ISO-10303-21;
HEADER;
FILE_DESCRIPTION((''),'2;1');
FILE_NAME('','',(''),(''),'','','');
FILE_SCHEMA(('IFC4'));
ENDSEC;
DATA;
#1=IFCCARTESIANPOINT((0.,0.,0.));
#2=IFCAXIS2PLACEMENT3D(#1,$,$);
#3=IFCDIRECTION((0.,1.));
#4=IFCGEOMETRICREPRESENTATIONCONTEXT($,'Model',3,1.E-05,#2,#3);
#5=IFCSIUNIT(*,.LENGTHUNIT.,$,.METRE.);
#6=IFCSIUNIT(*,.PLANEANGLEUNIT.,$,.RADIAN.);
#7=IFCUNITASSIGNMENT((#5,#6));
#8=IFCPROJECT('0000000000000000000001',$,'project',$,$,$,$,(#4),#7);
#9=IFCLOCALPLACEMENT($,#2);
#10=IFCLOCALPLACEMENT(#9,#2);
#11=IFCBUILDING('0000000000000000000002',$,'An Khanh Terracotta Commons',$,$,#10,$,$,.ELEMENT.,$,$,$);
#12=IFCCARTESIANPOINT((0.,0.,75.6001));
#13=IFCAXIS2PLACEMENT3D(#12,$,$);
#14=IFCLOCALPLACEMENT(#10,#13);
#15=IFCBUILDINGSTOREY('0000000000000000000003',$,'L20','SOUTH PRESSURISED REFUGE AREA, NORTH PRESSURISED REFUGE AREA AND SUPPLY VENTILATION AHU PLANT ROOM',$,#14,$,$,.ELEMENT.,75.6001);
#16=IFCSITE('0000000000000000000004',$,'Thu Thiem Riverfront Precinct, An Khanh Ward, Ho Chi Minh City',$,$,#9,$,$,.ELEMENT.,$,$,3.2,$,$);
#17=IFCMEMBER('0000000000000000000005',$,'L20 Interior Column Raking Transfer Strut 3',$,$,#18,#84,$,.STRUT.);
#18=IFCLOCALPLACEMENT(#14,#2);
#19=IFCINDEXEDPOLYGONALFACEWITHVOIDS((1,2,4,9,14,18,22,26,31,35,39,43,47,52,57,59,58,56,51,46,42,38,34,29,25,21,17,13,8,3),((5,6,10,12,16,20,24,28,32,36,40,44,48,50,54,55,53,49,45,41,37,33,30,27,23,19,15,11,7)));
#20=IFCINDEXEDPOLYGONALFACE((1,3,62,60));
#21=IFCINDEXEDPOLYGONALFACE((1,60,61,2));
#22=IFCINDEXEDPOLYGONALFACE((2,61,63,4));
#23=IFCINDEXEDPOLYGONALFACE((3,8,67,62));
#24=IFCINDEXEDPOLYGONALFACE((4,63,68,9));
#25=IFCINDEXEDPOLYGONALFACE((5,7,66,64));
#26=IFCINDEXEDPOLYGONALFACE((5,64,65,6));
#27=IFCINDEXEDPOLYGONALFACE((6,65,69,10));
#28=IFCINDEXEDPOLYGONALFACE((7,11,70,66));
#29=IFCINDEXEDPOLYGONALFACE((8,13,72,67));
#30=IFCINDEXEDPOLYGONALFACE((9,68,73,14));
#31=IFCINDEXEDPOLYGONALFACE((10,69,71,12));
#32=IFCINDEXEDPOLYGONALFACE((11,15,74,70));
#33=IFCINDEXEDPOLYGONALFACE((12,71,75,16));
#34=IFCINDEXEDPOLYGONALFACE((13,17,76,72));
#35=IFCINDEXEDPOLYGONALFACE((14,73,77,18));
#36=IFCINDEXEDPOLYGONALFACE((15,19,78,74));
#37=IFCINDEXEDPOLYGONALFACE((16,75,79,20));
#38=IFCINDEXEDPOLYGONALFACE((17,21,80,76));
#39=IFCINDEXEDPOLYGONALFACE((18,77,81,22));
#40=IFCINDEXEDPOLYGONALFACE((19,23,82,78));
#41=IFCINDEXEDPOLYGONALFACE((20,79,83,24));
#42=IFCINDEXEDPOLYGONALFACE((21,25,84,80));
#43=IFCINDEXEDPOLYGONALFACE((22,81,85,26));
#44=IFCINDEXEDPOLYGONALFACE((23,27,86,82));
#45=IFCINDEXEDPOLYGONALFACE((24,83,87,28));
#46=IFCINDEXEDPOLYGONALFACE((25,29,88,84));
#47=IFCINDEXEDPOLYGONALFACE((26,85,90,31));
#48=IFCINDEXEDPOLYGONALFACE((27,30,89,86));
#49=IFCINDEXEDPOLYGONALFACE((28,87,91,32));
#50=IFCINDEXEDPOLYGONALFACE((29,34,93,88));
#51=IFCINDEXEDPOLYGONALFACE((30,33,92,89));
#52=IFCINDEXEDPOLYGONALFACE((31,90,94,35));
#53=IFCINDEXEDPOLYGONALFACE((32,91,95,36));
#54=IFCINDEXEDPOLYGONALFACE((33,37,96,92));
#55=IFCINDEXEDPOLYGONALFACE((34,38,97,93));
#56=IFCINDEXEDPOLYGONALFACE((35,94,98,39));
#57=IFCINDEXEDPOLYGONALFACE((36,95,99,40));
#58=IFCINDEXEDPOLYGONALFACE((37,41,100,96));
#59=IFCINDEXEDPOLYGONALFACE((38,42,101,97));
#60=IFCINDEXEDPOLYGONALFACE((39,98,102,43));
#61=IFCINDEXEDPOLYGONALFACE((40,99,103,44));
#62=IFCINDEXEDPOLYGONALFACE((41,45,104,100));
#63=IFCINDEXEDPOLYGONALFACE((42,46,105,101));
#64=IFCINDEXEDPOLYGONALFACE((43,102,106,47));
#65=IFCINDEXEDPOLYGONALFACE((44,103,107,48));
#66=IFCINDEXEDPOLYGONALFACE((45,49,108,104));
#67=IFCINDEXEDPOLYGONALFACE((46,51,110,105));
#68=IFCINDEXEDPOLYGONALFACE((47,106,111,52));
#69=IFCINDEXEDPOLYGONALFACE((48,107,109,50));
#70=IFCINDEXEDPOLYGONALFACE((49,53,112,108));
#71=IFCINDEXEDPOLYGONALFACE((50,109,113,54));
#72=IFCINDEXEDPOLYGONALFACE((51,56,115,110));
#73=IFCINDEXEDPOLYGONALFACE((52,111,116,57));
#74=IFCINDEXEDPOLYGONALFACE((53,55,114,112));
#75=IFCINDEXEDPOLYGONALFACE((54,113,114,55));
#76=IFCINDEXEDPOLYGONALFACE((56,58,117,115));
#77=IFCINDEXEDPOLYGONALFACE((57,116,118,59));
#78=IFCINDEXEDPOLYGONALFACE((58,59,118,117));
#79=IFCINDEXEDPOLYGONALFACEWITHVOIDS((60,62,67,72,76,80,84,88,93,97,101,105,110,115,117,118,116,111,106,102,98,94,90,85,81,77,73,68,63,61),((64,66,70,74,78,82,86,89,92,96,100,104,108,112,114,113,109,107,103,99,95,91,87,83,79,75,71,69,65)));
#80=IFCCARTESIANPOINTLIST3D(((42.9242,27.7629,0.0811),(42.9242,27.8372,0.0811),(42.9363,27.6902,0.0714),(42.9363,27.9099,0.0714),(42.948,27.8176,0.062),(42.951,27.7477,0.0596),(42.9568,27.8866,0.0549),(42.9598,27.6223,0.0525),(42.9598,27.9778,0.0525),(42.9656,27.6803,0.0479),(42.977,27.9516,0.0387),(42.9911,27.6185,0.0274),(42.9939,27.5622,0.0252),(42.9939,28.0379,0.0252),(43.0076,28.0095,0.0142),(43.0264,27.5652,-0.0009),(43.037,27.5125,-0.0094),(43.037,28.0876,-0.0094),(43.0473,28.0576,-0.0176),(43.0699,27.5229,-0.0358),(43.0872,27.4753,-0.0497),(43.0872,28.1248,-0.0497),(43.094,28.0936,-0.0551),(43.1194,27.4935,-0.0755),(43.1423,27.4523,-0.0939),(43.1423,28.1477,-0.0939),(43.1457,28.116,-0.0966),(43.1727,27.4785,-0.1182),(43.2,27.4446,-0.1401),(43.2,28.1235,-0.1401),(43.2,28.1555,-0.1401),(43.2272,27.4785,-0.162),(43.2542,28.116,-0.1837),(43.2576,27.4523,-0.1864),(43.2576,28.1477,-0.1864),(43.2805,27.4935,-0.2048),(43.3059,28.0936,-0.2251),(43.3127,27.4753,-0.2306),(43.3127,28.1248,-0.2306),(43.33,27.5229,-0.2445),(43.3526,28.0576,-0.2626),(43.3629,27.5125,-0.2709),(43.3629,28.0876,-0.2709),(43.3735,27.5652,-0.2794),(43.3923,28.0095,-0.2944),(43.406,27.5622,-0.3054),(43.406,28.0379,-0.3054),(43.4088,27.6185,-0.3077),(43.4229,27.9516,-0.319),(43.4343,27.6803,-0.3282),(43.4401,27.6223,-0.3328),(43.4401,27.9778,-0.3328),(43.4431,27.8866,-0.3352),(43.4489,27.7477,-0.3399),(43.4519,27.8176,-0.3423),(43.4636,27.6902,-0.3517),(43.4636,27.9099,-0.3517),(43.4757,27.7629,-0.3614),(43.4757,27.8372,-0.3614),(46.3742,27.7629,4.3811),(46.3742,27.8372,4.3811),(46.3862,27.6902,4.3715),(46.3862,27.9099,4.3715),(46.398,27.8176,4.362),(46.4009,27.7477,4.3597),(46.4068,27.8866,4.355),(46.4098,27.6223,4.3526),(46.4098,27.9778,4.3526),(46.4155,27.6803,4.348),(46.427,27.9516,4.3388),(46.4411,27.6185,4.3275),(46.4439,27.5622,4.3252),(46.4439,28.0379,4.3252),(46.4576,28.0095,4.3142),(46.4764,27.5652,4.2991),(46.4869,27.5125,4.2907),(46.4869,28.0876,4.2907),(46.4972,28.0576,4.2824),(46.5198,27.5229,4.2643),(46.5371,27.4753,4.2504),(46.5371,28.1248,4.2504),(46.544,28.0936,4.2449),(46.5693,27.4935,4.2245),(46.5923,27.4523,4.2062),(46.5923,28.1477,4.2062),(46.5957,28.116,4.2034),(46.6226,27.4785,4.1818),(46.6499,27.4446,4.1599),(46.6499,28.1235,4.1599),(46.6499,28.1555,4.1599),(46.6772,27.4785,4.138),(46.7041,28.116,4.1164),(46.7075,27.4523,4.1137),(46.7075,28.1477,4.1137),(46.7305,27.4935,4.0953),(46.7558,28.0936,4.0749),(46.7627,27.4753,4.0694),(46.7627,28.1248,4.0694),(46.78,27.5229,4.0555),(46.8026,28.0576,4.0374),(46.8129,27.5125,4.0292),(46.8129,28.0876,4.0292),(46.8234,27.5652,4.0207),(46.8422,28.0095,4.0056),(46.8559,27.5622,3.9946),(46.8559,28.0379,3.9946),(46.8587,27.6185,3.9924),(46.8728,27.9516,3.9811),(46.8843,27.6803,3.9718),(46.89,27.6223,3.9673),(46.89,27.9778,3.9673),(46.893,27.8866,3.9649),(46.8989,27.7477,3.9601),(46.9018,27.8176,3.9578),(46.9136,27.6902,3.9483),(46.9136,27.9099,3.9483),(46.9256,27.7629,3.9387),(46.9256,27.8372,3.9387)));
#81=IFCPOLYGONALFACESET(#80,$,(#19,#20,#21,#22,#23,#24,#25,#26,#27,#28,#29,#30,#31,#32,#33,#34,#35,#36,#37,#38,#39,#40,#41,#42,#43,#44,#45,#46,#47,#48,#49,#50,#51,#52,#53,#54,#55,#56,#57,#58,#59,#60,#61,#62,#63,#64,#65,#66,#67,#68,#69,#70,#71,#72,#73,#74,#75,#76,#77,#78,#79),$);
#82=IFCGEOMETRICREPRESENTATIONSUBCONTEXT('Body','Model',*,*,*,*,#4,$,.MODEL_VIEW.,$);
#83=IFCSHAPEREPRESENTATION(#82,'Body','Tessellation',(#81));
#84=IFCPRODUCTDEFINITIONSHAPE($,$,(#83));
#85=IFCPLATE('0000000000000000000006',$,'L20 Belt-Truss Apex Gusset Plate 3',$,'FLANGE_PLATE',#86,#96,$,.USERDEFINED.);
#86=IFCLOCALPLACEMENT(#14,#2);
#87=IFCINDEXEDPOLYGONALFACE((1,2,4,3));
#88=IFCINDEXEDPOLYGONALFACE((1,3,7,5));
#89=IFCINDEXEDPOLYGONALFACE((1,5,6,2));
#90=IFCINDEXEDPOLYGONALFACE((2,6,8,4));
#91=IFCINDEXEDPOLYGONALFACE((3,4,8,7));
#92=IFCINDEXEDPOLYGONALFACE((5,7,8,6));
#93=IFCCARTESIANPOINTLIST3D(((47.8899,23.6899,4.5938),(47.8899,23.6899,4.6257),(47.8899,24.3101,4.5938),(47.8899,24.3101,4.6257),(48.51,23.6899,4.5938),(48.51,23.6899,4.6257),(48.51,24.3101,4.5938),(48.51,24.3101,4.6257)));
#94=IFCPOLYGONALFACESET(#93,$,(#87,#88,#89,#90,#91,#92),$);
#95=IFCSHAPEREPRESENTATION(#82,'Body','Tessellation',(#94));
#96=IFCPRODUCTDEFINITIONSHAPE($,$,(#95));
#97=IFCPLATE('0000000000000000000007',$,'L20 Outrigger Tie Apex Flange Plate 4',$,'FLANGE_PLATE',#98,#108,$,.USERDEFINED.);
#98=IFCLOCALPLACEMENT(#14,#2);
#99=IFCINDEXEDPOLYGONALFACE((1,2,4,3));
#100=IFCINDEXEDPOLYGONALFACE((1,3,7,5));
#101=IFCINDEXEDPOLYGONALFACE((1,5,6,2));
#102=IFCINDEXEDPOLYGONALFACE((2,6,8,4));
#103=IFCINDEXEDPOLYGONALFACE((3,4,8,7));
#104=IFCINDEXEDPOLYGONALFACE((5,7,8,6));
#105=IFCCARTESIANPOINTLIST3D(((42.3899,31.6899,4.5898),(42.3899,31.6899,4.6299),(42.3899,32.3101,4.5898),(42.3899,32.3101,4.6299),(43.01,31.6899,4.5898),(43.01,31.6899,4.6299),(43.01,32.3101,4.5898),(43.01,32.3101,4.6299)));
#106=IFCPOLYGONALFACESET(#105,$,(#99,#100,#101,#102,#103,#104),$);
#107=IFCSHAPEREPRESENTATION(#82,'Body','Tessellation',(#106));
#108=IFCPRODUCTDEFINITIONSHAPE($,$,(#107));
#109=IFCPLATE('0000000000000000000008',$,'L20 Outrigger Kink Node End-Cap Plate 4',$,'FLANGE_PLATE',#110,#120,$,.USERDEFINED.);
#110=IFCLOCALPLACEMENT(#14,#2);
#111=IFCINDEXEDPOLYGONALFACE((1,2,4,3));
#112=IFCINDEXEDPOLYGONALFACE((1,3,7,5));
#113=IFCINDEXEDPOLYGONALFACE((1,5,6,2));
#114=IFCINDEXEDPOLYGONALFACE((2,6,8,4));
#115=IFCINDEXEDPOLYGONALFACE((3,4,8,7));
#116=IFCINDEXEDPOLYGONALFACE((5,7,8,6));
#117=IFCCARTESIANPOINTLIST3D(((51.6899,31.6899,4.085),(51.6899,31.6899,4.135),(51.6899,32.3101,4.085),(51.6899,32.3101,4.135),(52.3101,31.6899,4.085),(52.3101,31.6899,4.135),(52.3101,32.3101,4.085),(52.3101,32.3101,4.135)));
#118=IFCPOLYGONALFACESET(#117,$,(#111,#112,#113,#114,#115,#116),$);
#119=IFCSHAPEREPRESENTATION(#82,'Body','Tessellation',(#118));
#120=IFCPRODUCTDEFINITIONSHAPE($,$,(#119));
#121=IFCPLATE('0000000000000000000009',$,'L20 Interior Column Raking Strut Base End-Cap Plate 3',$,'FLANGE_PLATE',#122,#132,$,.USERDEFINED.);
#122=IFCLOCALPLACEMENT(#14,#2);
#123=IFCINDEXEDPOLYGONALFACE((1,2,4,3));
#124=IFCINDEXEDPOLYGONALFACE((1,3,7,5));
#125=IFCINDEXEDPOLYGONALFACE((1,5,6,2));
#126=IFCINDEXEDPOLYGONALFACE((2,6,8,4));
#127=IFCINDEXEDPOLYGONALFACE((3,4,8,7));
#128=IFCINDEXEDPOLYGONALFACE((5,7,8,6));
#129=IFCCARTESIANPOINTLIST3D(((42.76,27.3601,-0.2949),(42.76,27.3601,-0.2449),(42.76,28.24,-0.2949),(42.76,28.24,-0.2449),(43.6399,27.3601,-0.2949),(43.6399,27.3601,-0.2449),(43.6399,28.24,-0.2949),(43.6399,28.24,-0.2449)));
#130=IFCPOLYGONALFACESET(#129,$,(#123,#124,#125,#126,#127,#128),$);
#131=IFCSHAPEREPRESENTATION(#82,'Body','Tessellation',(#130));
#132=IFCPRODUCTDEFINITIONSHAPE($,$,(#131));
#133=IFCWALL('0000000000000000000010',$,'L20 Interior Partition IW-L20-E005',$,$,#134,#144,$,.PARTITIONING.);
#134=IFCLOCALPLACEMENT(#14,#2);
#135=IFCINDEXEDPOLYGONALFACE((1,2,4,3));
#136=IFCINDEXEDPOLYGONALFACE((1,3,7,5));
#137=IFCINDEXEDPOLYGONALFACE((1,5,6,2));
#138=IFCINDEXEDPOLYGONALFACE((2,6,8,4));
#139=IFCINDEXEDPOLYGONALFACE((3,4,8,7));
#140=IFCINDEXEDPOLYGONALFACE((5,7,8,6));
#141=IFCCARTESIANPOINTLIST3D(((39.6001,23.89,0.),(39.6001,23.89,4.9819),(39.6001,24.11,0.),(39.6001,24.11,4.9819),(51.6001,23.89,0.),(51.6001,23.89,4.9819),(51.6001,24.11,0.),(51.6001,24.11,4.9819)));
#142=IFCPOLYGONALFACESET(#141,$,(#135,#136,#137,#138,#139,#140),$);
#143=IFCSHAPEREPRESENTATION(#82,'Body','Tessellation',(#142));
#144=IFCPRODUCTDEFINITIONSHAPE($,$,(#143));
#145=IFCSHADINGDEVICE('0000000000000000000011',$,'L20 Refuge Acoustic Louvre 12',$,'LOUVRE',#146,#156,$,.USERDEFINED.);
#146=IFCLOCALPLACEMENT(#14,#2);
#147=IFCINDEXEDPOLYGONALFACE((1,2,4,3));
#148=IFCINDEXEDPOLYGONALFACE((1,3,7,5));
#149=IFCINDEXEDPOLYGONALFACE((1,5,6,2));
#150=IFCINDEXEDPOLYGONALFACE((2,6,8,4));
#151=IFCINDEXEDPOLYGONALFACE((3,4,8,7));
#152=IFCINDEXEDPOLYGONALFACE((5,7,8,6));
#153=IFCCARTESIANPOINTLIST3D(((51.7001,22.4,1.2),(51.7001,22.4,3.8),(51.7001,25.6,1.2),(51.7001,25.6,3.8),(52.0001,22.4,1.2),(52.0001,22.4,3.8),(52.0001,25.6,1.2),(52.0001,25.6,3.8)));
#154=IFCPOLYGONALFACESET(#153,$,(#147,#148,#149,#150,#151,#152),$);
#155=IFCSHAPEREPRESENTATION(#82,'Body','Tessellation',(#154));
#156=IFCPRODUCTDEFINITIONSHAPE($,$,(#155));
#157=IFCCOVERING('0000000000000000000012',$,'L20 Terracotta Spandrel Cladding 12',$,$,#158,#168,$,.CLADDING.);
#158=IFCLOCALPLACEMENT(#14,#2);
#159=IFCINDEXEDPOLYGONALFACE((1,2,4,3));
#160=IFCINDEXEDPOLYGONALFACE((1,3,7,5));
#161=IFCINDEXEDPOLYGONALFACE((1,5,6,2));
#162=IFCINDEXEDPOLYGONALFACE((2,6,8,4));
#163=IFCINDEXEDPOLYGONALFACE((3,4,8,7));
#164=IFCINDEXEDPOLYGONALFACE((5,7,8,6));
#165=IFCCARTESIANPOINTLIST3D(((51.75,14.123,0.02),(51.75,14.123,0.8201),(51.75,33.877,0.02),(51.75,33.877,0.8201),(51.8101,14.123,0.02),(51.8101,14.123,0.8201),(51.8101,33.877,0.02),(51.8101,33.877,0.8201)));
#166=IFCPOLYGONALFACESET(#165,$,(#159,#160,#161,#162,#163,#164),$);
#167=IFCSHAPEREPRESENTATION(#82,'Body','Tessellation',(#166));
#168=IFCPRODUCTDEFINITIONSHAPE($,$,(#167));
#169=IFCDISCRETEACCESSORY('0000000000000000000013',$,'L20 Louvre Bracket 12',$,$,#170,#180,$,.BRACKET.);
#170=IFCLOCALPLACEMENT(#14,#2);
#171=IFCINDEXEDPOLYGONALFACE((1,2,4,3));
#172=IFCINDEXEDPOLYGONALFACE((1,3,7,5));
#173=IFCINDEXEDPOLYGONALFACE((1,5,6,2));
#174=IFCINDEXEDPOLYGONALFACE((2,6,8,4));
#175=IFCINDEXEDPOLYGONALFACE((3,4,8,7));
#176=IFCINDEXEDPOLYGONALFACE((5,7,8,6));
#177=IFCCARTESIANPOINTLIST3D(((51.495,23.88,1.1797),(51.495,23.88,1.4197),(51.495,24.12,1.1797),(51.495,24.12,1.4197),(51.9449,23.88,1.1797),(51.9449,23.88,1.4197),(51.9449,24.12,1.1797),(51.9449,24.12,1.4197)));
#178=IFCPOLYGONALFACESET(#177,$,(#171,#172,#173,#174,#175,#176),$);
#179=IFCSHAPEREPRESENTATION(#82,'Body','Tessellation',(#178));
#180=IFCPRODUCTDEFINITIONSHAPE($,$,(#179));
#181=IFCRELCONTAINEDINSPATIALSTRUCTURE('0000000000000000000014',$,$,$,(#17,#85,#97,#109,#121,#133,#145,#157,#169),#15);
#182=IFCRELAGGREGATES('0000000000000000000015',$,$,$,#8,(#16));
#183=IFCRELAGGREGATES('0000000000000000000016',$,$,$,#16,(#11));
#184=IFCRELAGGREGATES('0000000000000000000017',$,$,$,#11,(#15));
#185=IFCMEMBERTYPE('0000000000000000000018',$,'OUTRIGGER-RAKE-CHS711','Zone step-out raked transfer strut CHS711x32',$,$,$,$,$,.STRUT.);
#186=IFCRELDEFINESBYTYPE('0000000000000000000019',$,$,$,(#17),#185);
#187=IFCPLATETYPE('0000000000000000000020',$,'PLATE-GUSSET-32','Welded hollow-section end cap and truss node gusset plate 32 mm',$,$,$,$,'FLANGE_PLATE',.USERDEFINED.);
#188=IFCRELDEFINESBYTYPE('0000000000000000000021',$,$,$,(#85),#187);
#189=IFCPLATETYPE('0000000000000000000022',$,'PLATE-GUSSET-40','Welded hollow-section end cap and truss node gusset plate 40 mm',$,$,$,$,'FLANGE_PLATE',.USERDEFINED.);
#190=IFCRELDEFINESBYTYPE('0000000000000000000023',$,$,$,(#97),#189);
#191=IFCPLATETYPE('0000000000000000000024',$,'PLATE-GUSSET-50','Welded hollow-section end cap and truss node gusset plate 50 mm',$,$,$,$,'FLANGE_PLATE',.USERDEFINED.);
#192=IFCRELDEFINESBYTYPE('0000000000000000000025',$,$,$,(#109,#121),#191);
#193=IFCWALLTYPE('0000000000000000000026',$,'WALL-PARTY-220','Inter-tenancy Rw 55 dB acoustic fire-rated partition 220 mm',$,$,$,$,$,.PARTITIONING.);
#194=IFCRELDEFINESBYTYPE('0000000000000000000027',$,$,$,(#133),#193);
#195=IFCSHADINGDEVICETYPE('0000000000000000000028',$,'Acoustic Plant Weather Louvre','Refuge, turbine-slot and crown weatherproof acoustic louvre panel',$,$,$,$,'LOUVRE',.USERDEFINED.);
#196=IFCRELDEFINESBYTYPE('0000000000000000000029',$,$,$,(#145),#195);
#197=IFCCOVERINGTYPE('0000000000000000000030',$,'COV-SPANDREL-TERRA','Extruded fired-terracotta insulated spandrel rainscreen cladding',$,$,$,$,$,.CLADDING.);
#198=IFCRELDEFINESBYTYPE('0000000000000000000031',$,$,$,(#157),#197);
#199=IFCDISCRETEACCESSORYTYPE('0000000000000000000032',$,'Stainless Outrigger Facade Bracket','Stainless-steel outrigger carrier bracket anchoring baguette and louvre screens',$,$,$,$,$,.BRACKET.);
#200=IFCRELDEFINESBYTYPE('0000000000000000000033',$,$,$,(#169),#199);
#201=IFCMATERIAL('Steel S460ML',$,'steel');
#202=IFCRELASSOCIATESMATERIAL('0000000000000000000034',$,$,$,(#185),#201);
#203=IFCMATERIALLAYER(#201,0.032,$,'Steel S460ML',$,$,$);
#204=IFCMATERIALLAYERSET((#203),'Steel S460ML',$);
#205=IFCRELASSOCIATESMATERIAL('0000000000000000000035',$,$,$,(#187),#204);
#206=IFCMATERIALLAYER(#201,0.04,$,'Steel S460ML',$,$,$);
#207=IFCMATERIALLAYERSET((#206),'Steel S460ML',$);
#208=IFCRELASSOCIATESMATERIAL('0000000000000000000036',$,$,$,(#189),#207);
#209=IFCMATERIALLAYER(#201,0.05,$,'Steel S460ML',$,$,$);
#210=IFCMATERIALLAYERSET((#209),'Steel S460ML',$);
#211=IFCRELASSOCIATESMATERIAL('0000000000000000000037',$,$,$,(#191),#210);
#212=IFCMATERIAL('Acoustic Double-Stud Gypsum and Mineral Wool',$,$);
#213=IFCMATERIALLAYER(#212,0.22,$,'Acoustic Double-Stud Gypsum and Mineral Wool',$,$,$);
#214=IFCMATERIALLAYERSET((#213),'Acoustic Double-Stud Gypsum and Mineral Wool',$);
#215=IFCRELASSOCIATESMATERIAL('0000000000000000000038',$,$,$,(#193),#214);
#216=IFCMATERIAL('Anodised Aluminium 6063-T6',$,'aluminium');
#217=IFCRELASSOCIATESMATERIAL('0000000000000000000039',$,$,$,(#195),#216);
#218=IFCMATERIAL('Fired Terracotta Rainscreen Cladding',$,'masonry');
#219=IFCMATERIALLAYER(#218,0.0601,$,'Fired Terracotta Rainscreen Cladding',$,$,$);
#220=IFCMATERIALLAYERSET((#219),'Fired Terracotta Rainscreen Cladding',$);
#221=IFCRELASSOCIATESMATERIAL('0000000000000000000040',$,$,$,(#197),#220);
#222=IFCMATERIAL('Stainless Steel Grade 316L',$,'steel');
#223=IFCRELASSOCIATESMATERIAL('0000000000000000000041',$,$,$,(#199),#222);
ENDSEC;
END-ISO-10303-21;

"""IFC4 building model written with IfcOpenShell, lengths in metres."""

from ifc_helpers import new_model, si_unit, direction, frame, frame_2d, origin, origin_2d, place, context, subcontext, project, spatial, rectangle, hollow_circle, extrude, material, layer, layer_set, material_profile, profile_set, type_object, element, save


model = new_model("IFC4")

# Units and contexts
model_context = context("Model", 3, precision=1e-05, world=origin(), true_north=direction((0.0, 1.0)))
body_context = subcontext(model_context, "Body", "Model", "MODEL_VIEW")
ifc_project = project(units=[si_unit("LENGTHUNIT", "METRE"), si_unit("PLANEANGLEUNIT", "RADIAN")], contexts=[model_context])

# Site, building, storey
site_placement = place(None, origin())
site = spatial("IfcSite", under=ifc_project, at=site_placement, Name="Thu Thiem Riverfront Precinct, An Khanh Ward, Ho Chi Minh City", CompositionType="ELEMENT", RefElevation=3.2)
building_placement = place(site_placement, origin())
building = spatial("IfcBuilding", under=site, at=building_placement, Name="An Khanh Terracotta Commons", CompositionType="ELEMENT")
storey_placement = place(building_placement, frame((0.0, 0.0, 75.6001)))
storey = spatial("IfcBuildingStorey", under=building, at=storey_placement, Name="L20", Description="SOUTH PRESSURISED REFUGE AREA, NORTH PRESSURISED REFUGE AREA AND SUPPLY VENTILATION AHU PLANT ROOM", CompositionType="ELEMENT", Elevation=75.6001)

# Shared definitions
ifc_material_1 = material(Name="Steel S460ML", Category="steel")

# Member
ifc_material_profile_1 = material_profile(ifc_material_1, hollow_circle(Radius=0.3555, WallThickness=0.032, at=origin_2d()), Name="CHS711x32")
ifc_profile_set_1 = profile_set([ifc_material_profile_1], Name="Steel S460ML")
member_type_1 = type_object("IfcMemberType", Name="OUTRIGGER-RAKE-CHS711", Description="Zone step-out raked transfer strut CHS711x32", PredefinedType="STRUT", material=ifc_profile_set_1)
member_1_placement = place(storey_placement, frame((43.2, 27.8, -0.1401), z_axis=(0.625791, 0.0, 0.779991), x_axis=(0.0, 1.0, 0.0)))
element("IfcMember", 1, at=member_1_placement, inside=storey, type_object=member_type_1, Name="L20 Interior Column Raking Transfer Strut 3", PredefinedType="STRUT", context=body_context, shape_type="SweptSolid", body=[
    extrude(hollow_circle(Radius=0.3555, WallThickness=0.032, at=origin_2d()), origin(), (0.0, 0.0, 1.0), 5.5129),
])

# Plates
ifc_layer_1 = layer(ifc_material_1, 0.032, Name="Steel S460ML")
ifc_layer_set_1 = layer_set([ifc_layer_1], Name="Steel S460ML")
plate_type_1 = type_object("IfcPlateType", Name="PLATE-GUSSET-32", Description="Welded hollow-section end cap and truss node gusset plate 32 mm", ElementType="FLANGE_PLATE", PredefinedType="USERDEFINED", material=ifc_layer_set_1)
plate_1_placement = place(storey_placement, frame((48.2, 24.0, 4.5938), z_axis=(0.0, 0.0, 1.0), x_axis=(1.0, 0.0, 0.0)))
element("IfcPlate", 2, at=plate_1_placement, inside=storey, type_object=plate_type_1, Name="L20 Belt-Truss Apex Gusset Plate 3", ObjectType="FLANGE_PLATE", PredefinedType="USERDEFINED", context=body_context, shape_type="SweptSolid", body=[
    extrude(rectangle(XDim=0.6201, YDim=0.6201, at=origin_2d()), origin(), (0.0, 0.0, 1.0), 0.032),
])
ifc_layer_2 = layer(ifc_material_1, 0.04, Name="Steel S460ML")
ifc_layer_set_2 = layer_set([ifc_layer_2], Name="Steel S460ML")
plate_type_2 = type_object("IfcPlateType", Name="PLATE-GUSSET-40", Description="Welded hollow-section end cap and truss node gusset plate 40 mm", ElementType="FLANGE_PLATE", PredefinedType="USERDEFINED", material=ifc_layer_set_2)
plate_2_placement = place(storey_placement, frame((42.7, 32.0, 4.5898), z_axis=(0.0, 0.0, 1.0), x_axis=(1.0, 0.0, 0.0)))
element("IfcPlate", 3, at=plate_2_placement, inside=storey, type_object=plate_type_2, Name="L20 Outrigger Tie Apex Flange Plate 4", ObjectType="FLANGE_PLATE", PredefinedType="USERDEFINED", context=body_context, shape_type="SweptSolid", body=[
    extrude(rectangle(XDim=0.6201, YDim=0.6201, at=origin_2d()), origin(), (0.0, 0.0, 1.0), 0.04),
])
ifc_layer_3 = layer(ifc_material_1, 0.05, Name="Steel S460ML")
ifc_layer_set_3 = layer_set([ifc_layer_3], Name="Steel S460ML")
plate_type_3 = type_object("IfcPlateType", Name="PLATE-GUSSET-50", Description="Welded hollow-section end cap and truss node gusset plate 50 mm", ElementType="FLANGE_PLATE", PredefinedType="USERDEFINED", material=ifc_layer_set_3)
plate_3_placement = place(storey_placement, frame((52.0, 32.0, 4.085), z_axis=(0.0, 0.0, 1.0), x_axis=(1.0, 0.0, 0.0)))
element("IfcPlate", 4, at=plate_3_placement, inside=storey, type_object=plate_type_3, Name="L20 Outrigger Kink Node End-Cap Plate 4", ObjectType="FLANGE_PLATE", PredefinedType="USERDEFINED", context=body_context, shape_type="SweptSolid", body=[
    extrude(rectangle(XDim=0.6201, YDim=0.6201, at=origin_2d()), origin(), (0.0, 0.0, 1.0), 0.05),
])
plate_4_placement = place(storey_placement, frame((43.2, 27.8, -0.2949), z_axis=(0.0, 0.0, 1.0), x_axis=(1.0, 0.0, 0.0)))
element("IfcPlate", 5, at=plate_4_placement, inside=storey, type_object=plate_type_3, Name="L20 Interior Column Raking Strut Base End-Cap Plate 3", ObjectType="FLANGE_PLATE", PredefinedType="USERDEFINED", context=body_context, shape_type="SweptSolid", body=[
    extrude(rectangle(XDim=0.8799, YDim=0.8799, at=origin_2d()), origin(), (0.0, 0.0, 1.0), 0.05),
])

# Wall
ifc_material_2 = material(Name="Acoustic Double-Stud Gypsum and Mineral Wool")
ifc_layer_4 = layer(ifc_material_2, 0.22, Name="Acoustic Double-Stud Gypsum and Mineral Wool")
ifc_layer_set_4 = layer_set([ifc_layer_4], Name="Acoustic Double-Stud Gypsum and Mineral Wool")
wall_type = type_object("IfcWallType", Name="WALL-PARTY-220", Description="Inter-tenancy Rw 55 dB acoustic fire-rated partition 220 mm", PredefinedType="PARTITIONING", material=ifc_layer_set_4)
wall_placement = place(storey_placement, frame((39.6001, 24.0, 0.0), z_axis=(0.0, 0.0, 1.0), x_axis=(1.0, 0.0, 0.0)))
element("IfcWall", 6, at=wall_placement, inside=storey, type_object=wall_type, Name="L20 Interior Partition IW-L20-E005", PredefinedType="PARTITIONING", context=body_context, shape_type="SweptSolid", body=[
    extrude(rectangle(XDim=12.0, YDim=0.22, at=frame_2d((6.0, 0.0))), origin(), (0.0, 0.0, 1.0), 4.9819),
])

# Shading device
ifc_material_3 = material(Name="Anodised Aluminium 6063-T6", Category="aluminium")
shading_device_type = type_object("IfcShadingDeviceType", Name="Acoustic Plant Weather Louvre", Description="Refuge, turbine-slot and crown weatherproof acoustic louvre panel", ElementType="LOUVRE", PredefinedType="USERDEFINED", material=ifc_material_3)
shading_device_placement = place(storey_placement, frame((51.8501, 24.0, 1.2), z_axis=(0.0, 0.0, 1.0), x_axis=(0.0, 1.0, 0.0)))
element("IfcShadingDevice", 7, at=shading_device_placement, inside=storey, type_object=shading_device_type, Name="L20 Refuge Acoustic Louvre 12", ObjectType="LOUVRE", PredefinedType="USERDEFINED", context=body_context, shape_type="SweptSolid", body=[
    extrude(rectangle(XDim=3.2, YDim=0.3, at=origin_2d()), origin(), (0.0, 0.0, 1.0), 2.6001),
])

# Covering
ifc_material_4 = material(Name="Fired Terracotta Rainscreen Cladding", Category="masonry")
ifc_layer_5 = layer(ifc_material_4, 0.0601, Name="Fired Terracotta Rainscreen Cladding")
ifc_layer_set_5 = layer_set([ifc_layer_5], Name="Fired Terracotta Rainscreen Cladding")
covering_type = type_object("IfcCoveringType", Name="COV-SPANDREL-TERRA", Description="Extruded fired-terracotta insulated spandrel rainscreen cladding", PredefinedType="CLADDING", material=ifc_layer_set_5)
covering_placement = place(storey_placement, frame((51.78, 24.0, 0.02), z_axis=(0.0, 0.0, 1.0), x_axis=(0.0, 1.0, 0.0)))
element("IfcCovering", 8, at=covering_placement, inside=storey, type_object=covering_type, Name="L20 Terracotta Spandrel Cladding 12", PredefinedType="CLADDING", context=body_context, shape_type="SweptSolid", body=[
    extrude(rectangle(XDim=19.7539, YDim=0.0601, at=origin_2d()), origin(), (0.0, 0.0, 1.0), 0.8),
])

# Discrete accessory
ifc_material_5 = material(Name="Stainless Steel Grade 316L", Category="steel")
discrete_accessory_type = type_object("IfcDiscreteAccessoryType", Name="Stainless Outrigger Facade Bracket", Description="Stainless-steel outrigger carrier bracket anchoring baguette and louvre screens", PredefinedType="BRACKET", material=ifc_material_5)
discrete_accessory_placement = place(storey_placement, frame((51.72, 24.0, 1.1797), z_axis=(0.0, 0.0, 1.0), x_axis=(0.0, 1.0, 0.0)))
element("IfcDiscreteAccessory", 9, at=discrete_accessory_placement, inside=storey, type_object=discrete_accessory_type, Name="L20 Louvre Bracket 12", PredefinedType="BRACKET", context=body_context, shape_type="SweptSolid", body=[
    extrude(rectangle(XDim=0.24, YDim=0.45, at=origin_2d()), origin(), (0.0, 0.0, 1.0), 0.24),
])

save(model, "model.ifc")
